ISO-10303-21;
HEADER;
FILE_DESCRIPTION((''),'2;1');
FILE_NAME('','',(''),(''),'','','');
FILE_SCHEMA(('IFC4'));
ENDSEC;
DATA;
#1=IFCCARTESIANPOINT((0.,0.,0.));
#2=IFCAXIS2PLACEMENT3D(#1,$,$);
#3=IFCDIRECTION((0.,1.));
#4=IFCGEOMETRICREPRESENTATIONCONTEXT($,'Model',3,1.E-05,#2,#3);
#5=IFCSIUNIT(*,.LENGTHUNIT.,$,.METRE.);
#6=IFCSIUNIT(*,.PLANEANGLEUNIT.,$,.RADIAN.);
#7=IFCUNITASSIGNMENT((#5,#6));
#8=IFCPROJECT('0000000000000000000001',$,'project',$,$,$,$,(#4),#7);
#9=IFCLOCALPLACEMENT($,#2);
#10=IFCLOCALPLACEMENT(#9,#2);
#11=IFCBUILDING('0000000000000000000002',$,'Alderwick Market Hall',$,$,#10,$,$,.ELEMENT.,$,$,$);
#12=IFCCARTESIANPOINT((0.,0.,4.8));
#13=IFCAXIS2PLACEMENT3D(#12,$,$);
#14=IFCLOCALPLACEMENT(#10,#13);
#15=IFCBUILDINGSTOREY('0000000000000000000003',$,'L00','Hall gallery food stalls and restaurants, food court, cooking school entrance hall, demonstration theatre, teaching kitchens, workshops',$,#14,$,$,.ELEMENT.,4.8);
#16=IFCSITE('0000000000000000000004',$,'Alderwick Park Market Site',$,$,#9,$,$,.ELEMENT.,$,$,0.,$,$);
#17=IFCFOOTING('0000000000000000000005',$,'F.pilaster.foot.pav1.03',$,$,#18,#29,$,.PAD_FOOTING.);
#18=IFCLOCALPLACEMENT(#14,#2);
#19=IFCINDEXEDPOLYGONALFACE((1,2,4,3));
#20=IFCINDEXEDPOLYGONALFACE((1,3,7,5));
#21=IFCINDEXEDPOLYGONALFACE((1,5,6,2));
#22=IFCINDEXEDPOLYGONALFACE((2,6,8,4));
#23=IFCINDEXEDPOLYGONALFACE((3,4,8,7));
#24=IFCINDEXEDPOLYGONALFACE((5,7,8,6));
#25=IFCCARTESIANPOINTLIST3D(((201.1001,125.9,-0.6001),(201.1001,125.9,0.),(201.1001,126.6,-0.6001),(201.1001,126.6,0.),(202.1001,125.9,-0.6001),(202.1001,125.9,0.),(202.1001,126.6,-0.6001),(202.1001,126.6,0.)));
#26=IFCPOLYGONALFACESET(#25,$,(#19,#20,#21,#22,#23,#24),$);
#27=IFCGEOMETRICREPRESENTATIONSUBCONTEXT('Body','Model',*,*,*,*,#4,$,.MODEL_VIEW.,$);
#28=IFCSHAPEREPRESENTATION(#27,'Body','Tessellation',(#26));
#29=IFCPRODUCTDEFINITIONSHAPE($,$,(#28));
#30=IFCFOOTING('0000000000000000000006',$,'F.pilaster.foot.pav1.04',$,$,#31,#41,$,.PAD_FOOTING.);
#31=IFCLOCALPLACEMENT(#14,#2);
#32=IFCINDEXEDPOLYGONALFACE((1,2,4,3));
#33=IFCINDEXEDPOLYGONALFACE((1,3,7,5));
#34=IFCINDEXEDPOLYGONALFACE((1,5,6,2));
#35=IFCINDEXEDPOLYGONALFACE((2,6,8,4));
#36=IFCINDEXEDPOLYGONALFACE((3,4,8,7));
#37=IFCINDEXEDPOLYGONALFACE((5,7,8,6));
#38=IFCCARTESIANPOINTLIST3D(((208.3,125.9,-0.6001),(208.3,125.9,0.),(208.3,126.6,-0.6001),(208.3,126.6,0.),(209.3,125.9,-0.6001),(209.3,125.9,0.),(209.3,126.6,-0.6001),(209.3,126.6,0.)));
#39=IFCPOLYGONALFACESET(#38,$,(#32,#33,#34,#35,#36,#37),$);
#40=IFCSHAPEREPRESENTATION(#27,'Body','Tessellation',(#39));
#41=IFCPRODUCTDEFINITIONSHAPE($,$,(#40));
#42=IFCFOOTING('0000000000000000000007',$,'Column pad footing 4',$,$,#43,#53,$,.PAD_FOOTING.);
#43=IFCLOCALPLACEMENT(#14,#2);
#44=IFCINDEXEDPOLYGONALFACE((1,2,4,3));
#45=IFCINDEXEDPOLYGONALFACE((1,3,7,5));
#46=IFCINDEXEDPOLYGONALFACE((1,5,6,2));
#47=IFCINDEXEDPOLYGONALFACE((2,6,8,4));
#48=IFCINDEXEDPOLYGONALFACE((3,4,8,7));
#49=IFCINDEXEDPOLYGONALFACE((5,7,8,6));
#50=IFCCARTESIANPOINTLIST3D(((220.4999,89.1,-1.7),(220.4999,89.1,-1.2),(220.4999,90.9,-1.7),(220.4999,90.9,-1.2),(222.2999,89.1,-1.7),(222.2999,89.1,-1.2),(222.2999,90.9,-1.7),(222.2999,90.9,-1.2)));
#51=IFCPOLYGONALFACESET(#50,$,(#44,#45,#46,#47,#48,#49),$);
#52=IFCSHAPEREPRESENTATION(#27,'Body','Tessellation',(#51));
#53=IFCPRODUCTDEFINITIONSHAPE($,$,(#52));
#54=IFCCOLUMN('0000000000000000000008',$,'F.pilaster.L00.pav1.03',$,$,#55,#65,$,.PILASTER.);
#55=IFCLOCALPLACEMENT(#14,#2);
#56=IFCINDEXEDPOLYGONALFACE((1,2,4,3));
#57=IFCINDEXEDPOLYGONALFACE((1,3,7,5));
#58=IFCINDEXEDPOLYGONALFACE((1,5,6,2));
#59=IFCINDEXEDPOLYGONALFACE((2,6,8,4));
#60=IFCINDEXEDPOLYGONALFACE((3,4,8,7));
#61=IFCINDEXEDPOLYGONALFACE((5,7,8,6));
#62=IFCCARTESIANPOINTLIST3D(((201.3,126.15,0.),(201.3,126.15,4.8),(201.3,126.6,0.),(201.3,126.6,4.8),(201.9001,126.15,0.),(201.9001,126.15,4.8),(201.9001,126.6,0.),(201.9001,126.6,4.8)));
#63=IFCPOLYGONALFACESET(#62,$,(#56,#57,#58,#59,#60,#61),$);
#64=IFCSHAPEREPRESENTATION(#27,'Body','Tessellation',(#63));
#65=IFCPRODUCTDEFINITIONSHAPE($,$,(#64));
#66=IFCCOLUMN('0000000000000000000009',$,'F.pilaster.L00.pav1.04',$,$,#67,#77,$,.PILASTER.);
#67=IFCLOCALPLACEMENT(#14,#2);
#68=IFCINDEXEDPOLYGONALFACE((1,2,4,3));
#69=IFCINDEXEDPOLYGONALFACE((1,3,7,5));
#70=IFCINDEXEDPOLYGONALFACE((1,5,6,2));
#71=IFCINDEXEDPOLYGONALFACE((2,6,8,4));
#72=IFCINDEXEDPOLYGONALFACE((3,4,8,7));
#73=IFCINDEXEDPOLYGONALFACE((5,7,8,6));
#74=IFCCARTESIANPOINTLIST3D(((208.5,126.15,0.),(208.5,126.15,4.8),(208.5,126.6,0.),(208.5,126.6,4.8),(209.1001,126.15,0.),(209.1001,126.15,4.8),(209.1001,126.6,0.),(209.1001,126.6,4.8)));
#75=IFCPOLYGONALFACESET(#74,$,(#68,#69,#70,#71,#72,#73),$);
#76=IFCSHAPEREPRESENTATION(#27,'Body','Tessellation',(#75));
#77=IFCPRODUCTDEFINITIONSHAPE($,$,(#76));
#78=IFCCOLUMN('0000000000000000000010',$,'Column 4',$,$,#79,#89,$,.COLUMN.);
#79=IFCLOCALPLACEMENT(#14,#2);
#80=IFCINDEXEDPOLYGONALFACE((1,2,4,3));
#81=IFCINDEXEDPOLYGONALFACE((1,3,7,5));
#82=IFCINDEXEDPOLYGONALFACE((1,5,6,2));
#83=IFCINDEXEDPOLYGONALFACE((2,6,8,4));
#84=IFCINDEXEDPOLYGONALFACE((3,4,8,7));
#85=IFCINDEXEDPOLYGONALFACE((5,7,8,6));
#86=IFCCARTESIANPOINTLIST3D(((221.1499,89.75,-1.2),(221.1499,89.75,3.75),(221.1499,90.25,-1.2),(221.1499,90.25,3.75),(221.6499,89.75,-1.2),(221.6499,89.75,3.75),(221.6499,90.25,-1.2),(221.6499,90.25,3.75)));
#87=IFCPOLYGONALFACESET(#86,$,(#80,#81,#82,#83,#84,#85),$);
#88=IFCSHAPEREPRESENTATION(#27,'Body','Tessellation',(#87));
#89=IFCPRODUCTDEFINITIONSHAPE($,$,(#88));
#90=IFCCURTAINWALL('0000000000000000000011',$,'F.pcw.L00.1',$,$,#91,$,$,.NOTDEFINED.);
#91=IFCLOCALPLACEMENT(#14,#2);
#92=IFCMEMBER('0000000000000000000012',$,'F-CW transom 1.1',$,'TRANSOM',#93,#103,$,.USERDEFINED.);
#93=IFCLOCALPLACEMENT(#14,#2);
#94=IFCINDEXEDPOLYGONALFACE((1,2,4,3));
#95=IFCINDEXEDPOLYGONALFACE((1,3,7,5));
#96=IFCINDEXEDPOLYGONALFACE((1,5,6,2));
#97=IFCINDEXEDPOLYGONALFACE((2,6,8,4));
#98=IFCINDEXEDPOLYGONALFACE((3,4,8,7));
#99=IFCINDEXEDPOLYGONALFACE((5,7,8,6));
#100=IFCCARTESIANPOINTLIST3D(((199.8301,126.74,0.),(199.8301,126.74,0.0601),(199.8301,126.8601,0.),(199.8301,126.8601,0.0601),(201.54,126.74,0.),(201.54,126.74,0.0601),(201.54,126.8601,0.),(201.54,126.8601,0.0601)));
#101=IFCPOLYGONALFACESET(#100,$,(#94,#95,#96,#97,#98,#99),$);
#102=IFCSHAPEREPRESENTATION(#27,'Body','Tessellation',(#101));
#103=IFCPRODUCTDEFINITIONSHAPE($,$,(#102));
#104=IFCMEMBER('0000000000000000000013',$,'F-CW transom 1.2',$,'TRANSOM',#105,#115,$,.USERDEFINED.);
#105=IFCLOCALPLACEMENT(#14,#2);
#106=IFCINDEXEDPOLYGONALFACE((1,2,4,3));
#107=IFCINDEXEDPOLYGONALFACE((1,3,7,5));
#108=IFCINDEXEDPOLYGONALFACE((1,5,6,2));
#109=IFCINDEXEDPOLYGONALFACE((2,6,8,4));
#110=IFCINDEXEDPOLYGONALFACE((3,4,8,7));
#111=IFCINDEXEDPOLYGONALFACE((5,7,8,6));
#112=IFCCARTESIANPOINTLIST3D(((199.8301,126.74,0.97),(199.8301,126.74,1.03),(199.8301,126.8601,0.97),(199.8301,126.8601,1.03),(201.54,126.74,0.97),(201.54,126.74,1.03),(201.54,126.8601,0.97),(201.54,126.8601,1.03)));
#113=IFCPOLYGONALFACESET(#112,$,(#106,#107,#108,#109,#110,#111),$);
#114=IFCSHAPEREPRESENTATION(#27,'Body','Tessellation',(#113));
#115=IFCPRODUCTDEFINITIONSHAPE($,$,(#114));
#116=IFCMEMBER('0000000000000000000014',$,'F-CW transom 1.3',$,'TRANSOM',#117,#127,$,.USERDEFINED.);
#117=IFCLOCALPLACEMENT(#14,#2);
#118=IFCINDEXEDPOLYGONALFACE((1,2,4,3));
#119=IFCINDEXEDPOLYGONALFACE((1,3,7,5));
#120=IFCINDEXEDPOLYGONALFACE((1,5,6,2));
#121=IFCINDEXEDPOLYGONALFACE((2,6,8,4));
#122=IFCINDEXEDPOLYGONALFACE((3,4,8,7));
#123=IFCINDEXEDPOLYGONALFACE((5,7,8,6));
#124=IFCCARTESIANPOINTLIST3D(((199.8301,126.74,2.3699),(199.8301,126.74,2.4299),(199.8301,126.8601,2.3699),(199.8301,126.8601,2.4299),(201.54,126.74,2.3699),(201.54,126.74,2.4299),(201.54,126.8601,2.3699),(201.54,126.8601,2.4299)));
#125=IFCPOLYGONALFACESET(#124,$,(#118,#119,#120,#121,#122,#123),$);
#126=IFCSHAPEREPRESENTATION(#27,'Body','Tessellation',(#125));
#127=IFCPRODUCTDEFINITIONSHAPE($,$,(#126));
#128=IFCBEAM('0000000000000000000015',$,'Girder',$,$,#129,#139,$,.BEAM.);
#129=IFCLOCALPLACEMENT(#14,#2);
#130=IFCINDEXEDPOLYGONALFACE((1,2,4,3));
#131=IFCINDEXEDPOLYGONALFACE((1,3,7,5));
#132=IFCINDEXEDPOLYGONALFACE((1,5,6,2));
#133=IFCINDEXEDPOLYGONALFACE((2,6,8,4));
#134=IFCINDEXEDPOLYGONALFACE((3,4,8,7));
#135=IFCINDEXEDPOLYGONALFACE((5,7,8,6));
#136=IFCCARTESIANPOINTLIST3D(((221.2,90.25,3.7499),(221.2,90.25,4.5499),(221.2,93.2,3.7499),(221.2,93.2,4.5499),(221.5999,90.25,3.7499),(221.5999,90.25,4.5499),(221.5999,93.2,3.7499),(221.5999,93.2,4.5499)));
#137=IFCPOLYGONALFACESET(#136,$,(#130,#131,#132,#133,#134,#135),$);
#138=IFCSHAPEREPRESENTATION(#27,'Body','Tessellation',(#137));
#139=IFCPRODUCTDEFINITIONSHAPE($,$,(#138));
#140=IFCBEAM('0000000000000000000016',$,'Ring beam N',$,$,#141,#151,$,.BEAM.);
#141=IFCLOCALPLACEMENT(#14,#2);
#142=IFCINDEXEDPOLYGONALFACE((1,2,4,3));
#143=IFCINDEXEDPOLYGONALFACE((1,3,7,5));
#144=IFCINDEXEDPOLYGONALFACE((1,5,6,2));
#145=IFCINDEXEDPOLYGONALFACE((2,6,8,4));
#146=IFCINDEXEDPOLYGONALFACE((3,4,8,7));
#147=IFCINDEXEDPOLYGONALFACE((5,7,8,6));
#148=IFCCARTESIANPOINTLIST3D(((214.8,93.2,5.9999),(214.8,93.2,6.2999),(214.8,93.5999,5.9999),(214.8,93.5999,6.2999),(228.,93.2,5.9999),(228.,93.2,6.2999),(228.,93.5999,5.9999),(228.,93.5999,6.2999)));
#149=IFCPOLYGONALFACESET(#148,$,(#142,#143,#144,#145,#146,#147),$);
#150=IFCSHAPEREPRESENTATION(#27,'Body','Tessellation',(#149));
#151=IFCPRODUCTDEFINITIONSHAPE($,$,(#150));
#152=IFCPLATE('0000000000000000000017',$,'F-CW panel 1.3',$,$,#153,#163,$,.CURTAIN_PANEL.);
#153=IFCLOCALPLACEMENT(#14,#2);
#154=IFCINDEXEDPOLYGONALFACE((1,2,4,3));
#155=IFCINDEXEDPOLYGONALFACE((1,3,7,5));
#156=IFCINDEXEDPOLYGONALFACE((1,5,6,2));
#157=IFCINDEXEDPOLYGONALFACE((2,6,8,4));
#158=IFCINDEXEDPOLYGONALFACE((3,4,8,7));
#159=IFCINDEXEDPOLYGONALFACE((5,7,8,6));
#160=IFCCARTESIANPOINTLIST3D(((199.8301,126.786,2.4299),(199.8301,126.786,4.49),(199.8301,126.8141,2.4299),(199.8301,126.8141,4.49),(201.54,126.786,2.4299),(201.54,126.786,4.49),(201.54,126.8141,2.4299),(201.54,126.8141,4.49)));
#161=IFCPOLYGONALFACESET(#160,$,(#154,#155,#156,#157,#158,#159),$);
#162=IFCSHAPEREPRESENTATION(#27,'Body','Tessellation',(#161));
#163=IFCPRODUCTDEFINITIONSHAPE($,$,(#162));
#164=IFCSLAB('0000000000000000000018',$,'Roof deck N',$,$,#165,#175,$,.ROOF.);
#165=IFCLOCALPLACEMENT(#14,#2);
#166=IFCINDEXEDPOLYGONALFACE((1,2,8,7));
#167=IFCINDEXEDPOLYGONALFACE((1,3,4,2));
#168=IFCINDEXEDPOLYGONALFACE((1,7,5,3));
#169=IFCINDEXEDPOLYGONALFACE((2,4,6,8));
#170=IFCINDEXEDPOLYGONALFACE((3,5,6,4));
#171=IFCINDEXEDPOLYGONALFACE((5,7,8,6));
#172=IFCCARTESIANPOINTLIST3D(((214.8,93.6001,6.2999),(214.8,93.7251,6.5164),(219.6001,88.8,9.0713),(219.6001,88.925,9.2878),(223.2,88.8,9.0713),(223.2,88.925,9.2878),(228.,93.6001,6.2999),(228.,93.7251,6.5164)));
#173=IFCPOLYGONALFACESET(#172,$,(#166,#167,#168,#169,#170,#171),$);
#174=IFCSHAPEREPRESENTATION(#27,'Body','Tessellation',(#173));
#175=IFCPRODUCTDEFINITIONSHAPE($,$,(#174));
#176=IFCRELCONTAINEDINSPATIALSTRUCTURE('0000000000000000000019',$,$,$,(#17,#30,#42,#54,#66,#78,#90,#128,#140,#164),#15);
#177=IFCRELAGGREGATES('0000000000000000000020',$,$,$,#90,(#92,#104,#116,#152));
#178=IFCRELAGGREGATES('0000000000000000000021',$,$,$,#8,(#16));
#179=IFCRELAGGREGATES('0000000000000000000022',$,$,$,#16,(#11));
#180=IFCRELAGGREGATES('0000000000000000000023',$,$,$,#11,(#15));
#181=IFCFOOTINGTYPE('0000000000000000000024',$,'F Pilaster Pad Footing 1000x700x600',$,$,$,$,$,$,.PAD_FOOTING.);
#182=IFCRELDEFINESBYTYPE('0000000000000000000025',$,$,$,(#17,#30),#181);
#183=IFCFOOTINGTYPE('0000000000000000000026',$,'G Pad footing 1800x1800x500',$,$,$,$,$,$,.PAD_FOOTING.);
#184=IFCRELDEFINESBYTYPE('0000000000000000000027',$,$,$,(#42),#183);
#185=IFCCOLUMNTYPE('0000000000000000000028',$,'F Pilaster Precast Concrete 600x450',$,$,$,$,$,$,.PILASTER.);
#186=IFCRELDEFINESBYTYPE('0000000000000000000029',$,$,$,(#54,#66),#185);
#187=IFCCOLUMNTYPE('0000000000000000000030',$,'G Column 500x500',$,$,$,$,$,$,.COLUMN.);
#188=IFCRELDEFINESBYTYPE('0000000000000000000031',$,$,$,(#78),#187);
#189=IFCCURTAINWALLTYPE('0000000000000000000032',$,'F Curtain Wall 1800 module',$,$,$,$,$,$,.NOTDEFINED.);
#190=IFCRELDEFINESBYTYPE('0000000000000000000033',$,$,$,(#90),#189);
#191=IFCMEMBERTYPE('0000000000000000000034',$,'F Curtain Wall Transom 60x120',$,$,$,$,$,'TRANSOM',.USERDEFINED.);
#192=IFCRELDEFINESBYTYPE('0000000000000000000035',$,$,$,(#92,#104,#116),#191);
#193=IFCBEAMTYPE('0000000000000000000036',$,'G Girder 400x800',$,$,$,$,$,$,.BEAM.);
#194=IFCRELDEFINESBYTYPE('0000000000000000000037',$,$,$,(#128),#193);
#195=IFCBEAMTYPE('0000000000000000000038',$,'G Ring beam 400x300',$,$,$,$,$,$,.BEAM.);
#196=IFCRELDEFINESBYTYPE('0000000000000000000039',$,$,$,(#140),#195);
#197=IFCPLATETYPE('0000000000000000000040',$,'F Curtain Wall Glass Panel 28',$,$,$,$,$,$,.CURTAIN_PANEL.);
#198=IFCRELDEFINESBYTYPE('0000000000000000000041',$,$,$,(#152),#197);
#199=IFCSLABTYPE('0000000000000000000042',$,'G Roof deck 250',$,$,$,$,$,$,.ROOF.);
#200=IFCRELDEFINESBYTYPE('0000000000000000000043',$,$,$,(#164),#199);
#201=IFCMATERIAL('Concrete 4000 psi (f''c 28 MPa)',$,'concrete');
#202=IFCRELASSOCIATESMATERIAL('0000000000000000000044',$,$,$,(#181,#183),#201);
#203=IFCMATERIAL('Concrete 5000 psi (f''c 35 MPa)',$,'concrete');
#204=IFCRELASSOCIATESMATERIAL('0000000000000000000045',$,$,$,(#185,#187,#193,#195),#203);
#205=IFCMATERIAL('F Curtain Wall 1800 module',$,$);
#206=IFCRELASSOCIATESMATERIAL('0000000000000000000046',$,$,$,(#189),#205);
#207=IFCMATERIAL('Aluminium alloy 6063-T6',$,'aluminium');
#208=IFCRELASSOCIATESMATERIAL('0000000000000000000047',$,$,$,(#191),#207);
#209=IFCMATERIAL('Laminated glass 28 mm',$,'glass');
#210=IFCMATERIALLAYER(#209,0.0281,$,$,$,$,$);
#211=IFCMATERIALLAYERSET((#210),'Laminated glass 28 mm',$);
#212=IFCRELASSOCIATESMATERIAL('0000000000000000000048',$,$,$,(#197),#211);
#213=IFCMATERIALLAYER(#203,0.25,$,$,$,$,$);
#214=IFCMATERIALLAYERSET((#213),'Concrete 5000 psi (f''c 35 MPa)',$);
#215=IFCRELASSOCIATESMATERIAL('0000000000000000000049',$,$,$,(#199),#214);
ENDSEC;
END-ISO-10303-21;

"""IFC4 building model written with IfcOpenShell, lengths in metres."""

from ifc_helpers import new_model, si_unit, direction, frame, origin, origin_2d, place, context, subcontext, project, spatial, polyline, rectangle, outline, extrude, material, layer, layer_set, material_profile, profile_set, type_object, element, aggregate, save


model = new_model("IFC4")

# Units and contexts
model_context = context("Model", 3, precision=1e-05, world=origin(), true_north=direction((0.0, 1.0)))
body_context = subcontext(model_context, "Body", "Model", "MODEL_VIEW")
ifc_project = project(units=[si_unit("LENGTHUNIT", "METRE"), si_unit("PLANEANGLEUNIT", "RADIAN")], contexts=[model_context])

# Site, building, storey
site_placement = place(None, origin())
site = spatial("IfcSite", under=ifc_project, at=site_placement, Name="Alderwick Park Market Site", CompositionType="ELEMENT", RefElevation=0.0)
building_placement = place(site_placement, origin())
building = spatial("IfcBuilding", under=site, at=building_placement, Name="Alderwick Market Hall", CompositionType="ELEMENT")
storey_placement = place(building_placement, frame((0.0, 0.0, 4.8)))
storey = spatial("IfcBuildingStorey", under=building, at=storey_placement, Name="L00", Description="Hall gallery food stalls and restaurants, food court, cooking school entrance hall, demonstration theatre, teaching kitchens, workshops", CompositionType="ELEMENT", Elevation=4.8)

# Footings
ifc_material_1 = material(Name="Concrete 4000 psi (f'c 28 MPa)", Category="concrete")
footing_type_1 = type_object("IfcFootingType", Name="F Pilaster Pad Footing 1000x700x600", PredefinedType="PAD_FOOTING", material=ifc_material_1)
for number, where, z_axis, x_axis, name in (
    (1, (201.6001, 126.25, -0.6001), (0.0, 0.0, 1.0), (1.0, 0.0, 0.0), "F.pilaster.foot.pav1.03"),
    (2, (208.8, 126.25, -0.6001), (0.0, 0.0, 1.0), (1.0, 0.0, 0.0), "F.pilaster.foot.pav1.04"),
):
    element("IfcFooting", number, at=place(storey_placement, frame(where, z_axis=z_axis, x_axis=x_axis)), inside=storey, type_object=footing_type_1, Name=name, PredefinedType="PAD_FOOTING", context=body_context, shape_type="SweptSolid", body=[
        extrude(rectangle(XDim=1.0, YDim=0.7, at=origin_2d()), origin(), (0.0, 0.0, 1.0), 0.6001),
    ])
footing_type_2 = type_object("IfcFootingType", Name="G Pad footing 1800x1800x500", PredefinedType="PAD_FOOTING", material=ifc_material_1)
footing_placement = place(storey_placement, frame((221.3999, 90.0, -1.7), z_axis=(0.0, 0.0, 1.0), x_axis=(1.0, 0.0, 0.0)))
element("IfcFooting", 3, at=footing_placement, inside=storey, type_object=footing_type_2, Name="Column pad footing 4", PredefinedType="PAD_FOOTING", context=body_context, shape_type="SweptSolid", body=[
    extrude(rectangle(XDim=1.8, YDim=1.8, at=origin_2d()), origin(), (0.0, 0.0, 1.0), 0.5),
])

# Columns
ifc_material_2 = material(Name="Concrete 5000 psi (f'c 35 MPa)", Category="concrete")
ifc_material_profile_1 = material_profile(ifc_material_2, rectangle(XDim=0.6001, YDim=0.45, at=origin_2d()), Name="PC 600x450")
ifc_profile_set_1 = profile_set([ifc_material_profile_1], Name="Concrete 5000 psi (f'c 35 MPa)")
column_type_1 = type_object("IfcColumnType", Name="F Pilaster Precast Concrete 600x450", PredefinedType="PILASTER", material=ifc_profile_set_1)
for number, where, z_axis, x_axis, name in (
    (4, (201.6001, 126.375, 0.0), (0.0, 0.0, 1.0), (1.0, 0.0, 0.0), "F.pilaster.L00.pav1.03"),
    (5, (208.8, 126.375, 0.0), (0.0, 0.0, 1.0), (1.0, 0.0, 0.0), "F.pilaster.L00.pav1.04"),
):
    element("IfcColumn", number, at=place(storey_placement, frame(where, z_axis=z_axis, x_axis=x_axis)), inside=storey, type_object=column_type_1, Name=name, PredefinedType="PILASTER", context=body_context, shape_type="SweptSolid", body=[
        extrude(rectangle(XDim=0.6001, YDim=0.45, at=origin_2d()), origin(), (0.0, 0.0, 1.0), 4.8),
    ])
ifc_material_profile_2 = material_profile(ifc_material_2, rectangle(XDim=0.5, YDim=0.5, at=origin_2d()), Name="RC 500x500")
ifc_profile_set_2 = profile_set([ifc_material_profile_2], Name="Concrete 5000 psi (f'c 35 MPa)")
column_type_2 = type_object("IfcColumnType", Name="G Column 500x500", PredefinedType="COLUMN", material=ifc_profile_set_2)
column_placement = place(storey_placement, frame((221.3999, 90.0, -1.2), z_axis=(0.0, 0.0, 1.0), x_axis=(1.0, 0.0, 0.0)))
element("IfcColumn", 6, at=column_placement, inside=storey, type_object=column_type_2, Name="Column 4", PredefinedType="COLUMN", context=body_context, shape_type="SweptSolid", body=[
    extrude(rectangle(XDim=0.5, YDim=0.5, at=origin_2d()), origin(), (0.0, 0.0, 1.0), 4.95),
])

# Curtain wall, members
ifc_material_3 = material(Name="F Curtain Wall 1800 module")
curtain_wall_type = type_object("IfcCurtainWallType", Name="F Curtain Wall 1800 module", PredefinedType="NOTDEFINED", material=ifc_material_3)
curtain_wall_placement = place(storey_placement, origin())
curtain_wall = element("IfcCurtainWall", 7, at=curtain_wall_placement, inside=storey, type_object=curtain_wall_type, Name="F.pcw.L00.1", PredefinedType="NOTDEFINED")
ifc_material_4 = material(Name="Aluminium alloy 6063-T6", Category="aluminium")
ifc_material_profile_3 = material_profile(ifc_material_4, rectangle(XDim=0.1201, YDim=0.0601, at=origin_2d()), Name="AL 60x120")
ifc_profile_set_3 = profile_set([ifc_material_profile_3], Name="Aluminium alloy 6063-T6")
member_type = type_object("IfcMemberType", Name="F Curtain Wall Transom 60x120", ElementType="TRANSOM", PredefinedType="USERDEFINED", material=ifc_profile_set_3)
member_1_placement = place(storey_placement, frame((201.54, 126.8, 0.03), z_axis=(-1.0, 0.0, 0.0), x_axis=(0.0, -1.0, 0.0)))
member_1 = element("IfcMember", 8, at=member_1_placement, type_object=member_type, Name="F-CW transom 1.1", ObjectType="TRANSOM", PredefinedType="USERDEFINED", context=body_context, shape_type="SweptSolid", body=[
    extrude(rectangle(XDim=0.1201, YDim=0.0601, at=origin_2d()), origin(), (0.0, 0.0, 1.0), 1.71),
])
member_2_placement = place(storey_placement, frame((201.54, 126.8, 1.0), z_axis=(-1.0, 0.0, 0.0), x_axis=(0.0, -1.0, 0.0)))
member_2 = element("IfcMember", 9, at=member_2_placement, type_object=member_type, Name="F-CW transom 1.2", ObjectType="TRANSOM", PredefinedType="USERDEFINED", context=body_context, shape_type="SweptSolid", body=[
    extrude(rectangle(XDim=0.1201, YDim=0.0601, at=origin_2d()), origin(), (0.0, 0.0, 1.0), 1.71),
])
member_3_placement = place(storey_placement, frame((201.54, 126.8, 2.3999), z_axis=(-1.0, 0.0, 0.0), x_axis=(0.0, -1.0, 0.0)))
member_3 = element("IfcMember", 10, at=member_3_placement, type_object=member_type, Name="F-CW transom 1.3", ObjectType="TRANSOM", PredefinedType="USERDEFINED", context=body_context, shape_type="SweptSolid", body=[
    extrude(rectangle(XDim=0.1201, YDim=0.0601, at=origin_2d()), origin(), (0.0, 0.0, 1.0), 1.71),
])

# Beams
ifc_material_profile_4 = material_profile(ifc_material_2, rectangle(XDim=0.3999, YDim=0.8, at=origin_2d()), Name="RC 400x800")
ifc_profile_set_4 = profile_set([ifc_material_profile_4], Name="Concrete 5000 psi (f'c 35 MPa)")
beam_type_1 = type_object("IfcBeamType", Name="G Girder 400x800", PredefinedType="BEAM", material=ifc_profile_set_4)
beam_1_placement = place(storey_placement, frame((221.3999, 90.25, 4.1499), z_axis=(0.0, 1.0, 0.0), x_axis=(-1.0, 0.0, 0.0)))
element("IfcBeam", 11, at=beam_1_placement, inside=storey, type_object=beam_type_1, Name="Girder", PredefinedType="BEAM", context=body_context, shape_type="SweptSolid", body=[
    extrude(rectangle(XDim=0.3999, YDim=0.8, at=origin_2d()), origin(), (0.0, 0.0, 1.0), 2.95),
])
ifc_material_profile_5 = material_profile(ifc_material_2, rectangle(XDim=0.3999, YDim=0.3, at=origin_2d()), Name="RC 400x300")
ifc_profile_set_5 = profile_set([ifc_material_profile_5], Name="Concrete 5000 psi (f'c 35 MPa)")
beam_type_2 = type_object("IfcBeamType", Name="G Ring beam 400x300", PredefinedType="BEAM", material=ifc_profile_set_5)
beam_2_placement = place(storey_placement, frame((214.8, 93.3999, 6.1499), z_axis=(1.0, 0.0, 0.0), x_axis=(0.0, 1.0, 0.0)))
element("IfcBeam", 12, at=beam_2_placement, inside=storey, type_object=beam_type_2, Name="Ring beam N", PredefinedType="BEAM", context=body_context, shape_type="SweptSolid", body=[
    extrude(rectangle(XDim=0.3999, YDim=0.3, at=origin_2d()), origin(), (0.0, 0.0, 1.0), 13.2),
])

# Plate
ifc_material_5 = material(Name="Laminated glass 28 mm", Category="glass")
ifc_layer_1 = layer(ifc_material_5, 0.0281)
ifc_layer_set_1 = layer_set([ifc_layer_1], Name="Laminated glass 28 mm")
plate_type = type_object("IfcPlateType", Name="F Curtain Wall Glass Panel 28", PredefinedType="CURTAIN_PANEL", material=ifc_layer_set_1)
plate_placement = place(storey_placement, frame((200.6851, 126.8, 2.4299), z_axis=(0.0, 0.0, 1.0), x_axis=(-1.0, 0.0, 0.0)))
plate = element("IfcPlate", 13, at=plate_placement, type_object=plate_type, Name="F-CW panel 1.3", PredefinedType="CURTAIN_PANEL", context=body_context, shape_type="SweptSolid", body=[
    extrude(rectangle(XDim=1.71, YDim=0.0281, at=origin_2d()), origin(), (0.0, 0.0, 1.0), 2.0601),
])
aggregate(curtain_wall, [member_1, member_2, member_3, plate])

# Slab
ifc_layer_2 = layer(ifc_material_2, 0.25)
ifc_layer_set_2 = layer_set([ifc_layer_2], Name="Concrete 5000 psi (f'c 35 MPa)")
slab_type = type_object("IfcSlabType", Name="G Roof deck 250", PredefinedType="ROOF", material=ifc_layer_set_2)
slab_placement = place(storey_placement, frame((214.8, 93.7251, 6.5164), z_axis=(0.0, 0.500024, 0.866012), x_axis=(0.654648, -0.654648, 0.377985)))
element("IfcSlab", 14, at=slab_placement, inside=storey, type_object=slab_type, Name="Roof deck N", PredefinedType="ROOF", context=body_context, shape_type="SweptSolid", body=[
    extrude(outline(polyline([(0.0, 0.0), (7.3323, 0.0), (9.6889, 2.7213), (8.6413, 9.9783), (0.0, 0.0)])), origin(), (0.0, 0.0, -1.0), 0.25),
])

save(model, "model.ifc")
